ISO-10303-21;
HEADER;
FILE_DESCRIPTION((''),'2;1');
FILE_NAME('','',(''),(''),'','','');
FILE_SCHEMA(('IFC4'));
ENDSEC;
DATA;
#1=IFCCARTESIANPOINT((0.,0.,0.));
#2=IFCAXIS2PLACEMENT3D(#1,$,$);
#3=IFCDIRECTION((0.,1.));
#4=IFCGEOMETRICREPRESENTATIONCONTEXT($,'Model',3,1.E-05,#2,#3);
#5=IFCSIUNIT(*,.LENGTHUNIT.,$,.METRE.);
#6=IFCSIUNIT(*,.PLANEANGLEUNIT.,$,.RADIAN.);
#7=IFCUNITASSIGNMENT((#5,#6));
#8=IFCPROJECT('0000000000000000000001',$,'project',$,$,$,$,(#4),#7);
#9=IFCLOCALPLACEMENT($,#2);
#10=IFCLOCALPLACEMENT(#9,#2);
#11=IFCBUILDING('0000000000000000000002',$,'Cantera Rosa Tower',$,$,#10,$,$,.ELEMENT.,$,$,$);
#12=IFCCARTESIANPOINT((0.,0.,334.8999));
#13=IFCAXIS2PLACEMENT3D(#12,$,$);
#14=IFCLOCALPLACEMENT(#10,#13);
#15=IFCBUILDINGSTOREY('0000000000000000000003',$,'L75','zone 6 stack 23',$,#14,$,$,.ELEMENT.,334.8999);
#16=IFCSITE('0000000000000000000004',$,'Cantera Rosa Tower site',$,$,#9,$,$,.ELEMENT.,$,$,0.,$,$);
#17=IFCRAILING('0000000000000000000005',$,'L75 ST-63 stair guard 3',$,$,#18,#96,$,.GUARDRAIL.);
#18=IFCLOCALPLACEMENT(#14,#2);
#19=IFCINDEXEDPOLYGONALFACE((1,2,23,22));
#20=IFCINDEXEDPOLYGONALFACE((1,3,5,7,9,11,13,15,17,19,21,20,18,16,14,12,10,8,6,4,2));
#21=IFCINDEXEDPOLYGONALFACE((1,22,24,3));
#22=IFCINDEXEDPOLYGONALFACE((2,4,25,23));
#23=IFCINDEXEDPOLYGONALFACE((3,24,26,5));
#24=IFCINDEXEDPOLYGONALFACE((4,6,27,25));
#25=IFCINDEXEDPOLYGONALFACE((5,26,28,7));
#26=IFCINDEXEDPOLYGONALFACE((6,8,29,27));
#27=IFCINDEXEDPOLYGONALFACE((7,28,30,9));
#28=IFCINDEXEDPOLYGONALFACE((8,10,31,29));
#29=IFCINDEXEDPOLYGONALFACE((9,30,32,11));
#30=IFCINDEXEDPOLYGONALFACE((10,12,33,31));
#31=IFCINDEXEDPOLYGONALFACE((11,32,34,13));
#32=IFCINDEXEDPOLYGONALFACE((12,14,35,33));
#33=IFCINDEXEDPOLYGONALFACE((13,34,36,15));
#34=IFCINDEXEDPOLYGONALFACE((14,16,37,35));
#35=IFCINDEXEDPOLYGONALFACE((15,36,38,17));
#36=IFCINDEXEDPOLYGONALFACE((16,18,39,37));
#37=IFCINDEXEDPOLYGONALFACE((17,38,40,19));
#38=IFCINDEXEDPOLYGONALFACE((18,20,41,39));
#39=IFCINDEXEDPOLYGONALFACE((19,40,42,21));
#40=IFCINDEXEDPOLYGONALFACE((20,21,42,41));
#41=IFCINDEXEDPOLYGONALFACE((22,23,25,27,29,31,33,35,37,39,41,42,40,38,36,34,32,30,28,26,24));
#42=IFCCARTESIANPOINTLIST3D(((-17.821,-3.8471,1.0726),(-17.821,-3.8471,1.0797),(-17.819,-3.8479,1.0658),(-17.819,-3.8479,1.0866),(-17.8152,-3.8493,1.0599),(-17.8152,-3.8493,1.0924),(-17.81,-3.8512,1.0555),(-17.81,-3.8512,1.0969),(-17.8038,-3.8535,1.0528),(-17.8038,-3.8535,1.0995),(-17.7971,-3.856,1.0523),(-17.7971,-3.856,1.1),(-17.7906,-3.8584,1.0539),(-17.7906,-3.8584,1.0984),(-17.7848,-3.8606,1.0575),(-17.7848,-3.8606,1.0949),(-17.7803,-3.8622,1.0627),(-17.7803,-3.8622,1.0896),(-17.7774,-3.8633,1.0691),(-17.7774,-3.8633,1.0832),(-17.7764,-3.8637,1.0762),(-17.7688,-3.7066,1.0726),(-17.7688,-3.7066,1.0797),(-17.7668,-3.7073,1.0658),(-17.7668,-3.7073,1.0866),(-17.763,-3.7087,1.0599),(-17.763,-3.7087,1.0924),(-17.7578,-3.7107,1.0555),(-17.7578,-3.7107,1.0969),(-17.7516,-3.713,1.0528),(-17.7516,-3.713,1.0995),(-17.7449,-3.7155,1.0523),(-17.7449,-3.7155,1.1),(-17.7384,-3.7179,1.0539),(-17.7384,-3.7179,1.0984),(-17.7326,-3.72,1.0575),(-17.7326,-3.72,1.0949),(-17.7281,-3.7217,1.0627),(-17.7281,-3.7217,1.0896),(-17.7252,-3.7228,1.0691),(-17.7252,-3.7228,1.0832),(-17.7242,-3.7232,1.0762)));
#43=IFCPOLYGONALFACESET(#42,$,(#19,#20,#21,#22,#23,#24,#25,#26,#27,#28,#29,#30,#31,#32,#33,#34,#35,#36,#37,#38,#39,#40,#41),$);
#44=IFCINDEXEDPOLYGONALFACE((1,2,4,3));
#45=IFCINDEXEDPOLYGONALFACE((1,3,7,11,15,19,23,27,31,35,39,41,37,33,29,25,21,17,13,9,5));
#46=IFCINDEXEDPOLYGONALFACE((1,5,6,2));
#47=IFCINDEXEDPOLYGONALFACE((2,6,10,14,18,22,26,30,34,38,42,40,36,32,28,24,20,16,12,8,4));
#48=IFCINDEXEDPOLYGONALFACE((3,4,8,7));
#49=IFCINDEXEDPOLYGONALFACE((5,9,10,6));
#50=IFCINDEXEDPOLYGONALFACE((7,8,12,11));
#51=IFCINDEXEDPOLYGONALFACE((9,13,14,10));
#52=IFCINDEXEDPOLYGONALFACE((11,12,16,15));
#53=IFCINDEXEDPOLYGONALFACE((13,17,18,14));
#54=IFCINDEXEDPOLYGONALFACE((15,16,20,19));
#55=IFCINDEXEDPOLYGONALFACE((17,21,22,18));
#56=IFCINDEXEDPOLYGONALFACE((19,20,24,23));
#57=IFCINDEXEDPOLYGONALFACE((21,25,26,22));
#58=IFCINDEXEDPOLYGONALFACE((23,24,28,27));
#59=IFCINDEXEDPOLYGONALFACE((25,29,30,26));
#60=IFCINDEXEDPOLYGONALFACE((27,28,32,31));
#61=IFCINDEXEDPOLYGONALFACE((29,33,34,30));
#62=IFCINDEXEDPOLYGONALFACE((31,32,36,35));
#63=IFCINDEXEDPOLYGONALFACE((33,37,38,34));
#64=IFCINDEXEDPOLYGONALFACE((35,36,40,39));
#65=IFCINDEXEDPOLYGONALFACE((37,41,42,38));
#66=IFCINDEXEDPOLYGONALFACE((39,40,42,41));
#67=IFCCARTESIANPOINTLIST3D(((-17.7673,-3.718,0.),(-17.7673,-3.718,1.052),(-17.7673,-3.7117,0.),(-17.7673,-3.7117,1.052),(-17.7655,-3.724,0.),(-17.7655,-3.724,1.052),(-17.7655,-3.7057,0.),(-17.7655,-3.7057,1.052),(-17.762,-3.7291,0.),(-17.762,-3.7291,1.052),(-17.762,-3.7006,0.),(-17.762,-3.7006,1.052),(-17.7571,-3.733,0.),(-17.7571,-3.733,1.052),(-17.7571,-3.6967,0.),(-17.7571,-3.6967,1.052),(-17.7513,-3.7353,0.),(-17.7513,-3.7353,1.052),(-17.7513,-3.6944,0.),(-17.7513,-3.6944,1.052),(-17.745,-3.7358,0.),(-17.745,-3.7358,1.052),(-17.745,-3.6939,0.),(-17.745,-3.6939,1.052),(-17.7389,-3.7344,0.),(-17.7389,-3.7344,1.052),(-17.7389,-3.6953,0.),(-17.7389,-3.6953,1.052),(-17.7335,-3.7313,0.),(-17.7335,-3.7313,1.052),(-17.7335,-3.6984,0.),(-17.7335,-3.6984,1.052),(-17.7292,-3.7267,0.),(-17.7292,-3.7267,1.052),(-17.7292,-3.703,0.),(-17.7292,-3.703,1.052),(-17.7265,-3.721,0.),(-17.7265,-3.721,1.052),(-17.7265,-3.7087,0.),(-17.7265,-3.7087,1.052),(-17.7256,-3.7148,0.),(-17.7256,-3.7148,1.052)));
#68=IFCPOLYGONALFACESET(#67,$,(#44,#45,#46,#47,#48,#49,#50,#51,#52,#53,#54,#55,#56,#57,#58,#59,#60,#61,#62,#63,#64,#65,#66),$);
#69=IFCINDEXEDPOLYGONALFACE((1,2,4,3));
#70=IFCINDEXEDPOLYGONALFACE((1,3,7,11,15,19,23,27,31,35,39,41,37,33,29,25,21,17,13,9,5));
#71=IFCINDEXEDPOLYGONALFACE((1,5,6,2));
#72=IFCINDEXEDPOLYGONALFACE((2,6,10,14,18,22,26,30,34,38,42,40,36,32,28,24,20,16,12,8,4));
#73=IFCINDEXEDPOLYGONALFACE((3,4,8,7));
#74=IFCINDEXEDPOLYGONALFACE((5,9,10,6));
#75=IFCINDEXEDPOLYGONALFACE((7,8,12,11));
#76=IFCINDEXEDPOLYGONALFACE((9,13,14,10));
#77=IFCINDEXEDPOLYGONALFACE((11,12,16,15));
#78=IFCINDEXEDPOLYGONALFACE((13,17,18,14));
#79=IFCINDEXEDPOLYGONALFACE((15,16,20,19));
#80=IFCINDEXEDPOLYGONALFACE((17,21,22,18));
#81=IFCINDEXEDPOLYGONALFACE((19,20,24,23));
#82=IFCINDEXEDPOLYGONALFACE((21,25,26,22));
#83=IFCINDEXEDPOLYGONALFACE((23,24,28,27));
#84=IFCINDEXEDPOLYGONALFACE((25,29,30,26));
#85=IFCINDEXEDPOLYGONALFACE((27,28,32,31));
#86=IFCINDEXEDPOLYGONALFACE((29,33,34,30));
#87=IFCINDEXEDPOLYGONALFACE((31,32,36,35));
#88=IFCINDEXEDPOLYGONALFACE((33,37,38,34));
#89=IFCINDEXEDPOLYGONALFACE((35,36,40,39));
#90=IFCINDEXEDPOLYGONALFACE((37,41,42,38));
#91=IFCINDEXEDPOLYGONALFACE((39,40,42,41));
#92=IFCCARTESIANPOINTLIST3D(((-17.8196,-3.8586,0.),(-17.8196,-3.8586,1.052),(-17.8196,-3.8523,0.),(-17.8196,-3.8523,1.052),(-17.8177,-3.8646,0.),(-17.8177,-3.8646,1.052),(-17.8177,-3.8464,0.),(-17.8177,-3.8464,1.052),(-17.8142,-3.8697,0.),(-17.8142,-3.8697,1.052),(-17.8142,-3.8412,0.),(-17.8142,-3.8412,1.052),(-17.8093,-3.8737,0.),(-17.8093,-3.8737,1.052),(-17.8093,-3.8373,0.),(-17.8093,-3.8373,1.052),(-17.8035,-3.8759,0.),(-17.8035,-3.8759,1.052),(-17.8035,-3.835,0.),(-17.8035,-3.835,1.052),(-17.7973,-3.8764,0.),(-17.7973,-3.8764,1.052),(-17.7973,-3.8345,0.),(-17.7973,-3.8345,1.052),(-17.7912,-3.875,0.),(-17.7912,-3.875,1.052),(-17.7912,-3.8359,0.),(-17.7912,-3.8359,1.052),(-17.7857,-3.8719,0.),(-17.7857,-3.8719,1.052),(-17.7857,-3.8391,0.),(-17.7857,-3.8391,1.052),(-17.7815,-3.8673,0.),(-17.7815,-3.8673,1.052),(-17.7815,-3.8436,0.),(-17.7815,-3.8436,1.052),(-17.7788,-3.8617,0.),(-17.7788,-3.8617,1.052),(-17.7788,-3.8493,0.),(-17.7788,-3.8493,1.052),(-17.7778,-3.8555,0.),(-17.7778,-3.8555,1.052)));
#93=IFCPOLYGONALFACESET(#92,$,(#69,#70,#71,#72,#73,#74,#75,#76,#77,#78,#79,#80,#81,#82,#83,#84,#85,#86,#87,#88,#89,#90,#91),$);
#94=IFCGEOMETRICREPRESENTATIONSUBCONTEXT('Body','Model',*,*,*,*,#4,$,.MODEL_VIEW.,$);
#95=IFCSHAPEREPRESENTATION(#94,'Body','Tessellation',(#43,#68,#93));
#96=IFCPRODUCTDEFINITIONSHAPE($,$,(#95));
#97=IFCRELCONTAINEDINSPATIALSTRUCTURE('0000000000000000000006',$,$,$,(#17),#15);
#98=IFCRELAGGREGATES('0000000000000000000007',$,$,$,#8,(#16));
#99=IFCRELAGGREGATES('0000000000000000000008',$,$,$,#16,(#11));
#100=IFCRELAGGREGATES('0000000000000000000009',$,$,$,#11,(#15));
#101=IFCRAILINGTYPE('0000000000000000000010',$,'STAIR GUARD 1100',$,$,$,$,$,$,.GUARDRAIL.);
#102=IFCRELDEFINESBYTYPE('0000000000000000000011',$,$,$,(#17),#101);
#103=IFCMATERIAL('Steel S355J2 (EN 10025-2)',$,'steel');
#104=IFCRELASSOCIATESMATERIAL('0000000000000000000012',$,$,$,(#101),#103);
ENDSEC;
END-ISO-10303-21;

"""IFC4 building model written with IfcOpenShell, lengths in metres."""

from ifc_helpers import new_model, si_unit, direction, frame, origin, origin_2d, place, context, subcontext, project, spatial, circle, extrude, material, type_object, element, save


model = new_model("IFC4")

# Units and contexts
model_context = context("Model", 3, precision=1e-05, world=origin(), true_north=direction((0.0, 1.0)))
body_context = subcontext(model_context, "Body", "Model", "MODEL_VIEW")
ifc_project = project(units=[si_unit("LENGTHUNIT", "METRE"), si_unit("PLANEANGLEUNIT", "RADIAN")], contexts=[model_context])

# Site, building, storey
site_placement = place(None, origin())
site = spatial("IfcSite", under=ifc_project, at=site_placement, Name="Cantera Rosa Tower site", CompositionType="ELEMENT", RefElevation=0.0)
building_placement = place(site_placement, origin())
building = spatial("IfcBuilding", under=site, at=building_placement, Name="Cantera Rosa Tower", CompositionType="ELEMENT")
storey_placement = place(building_placement, frame((0.0, 0.0, 334.8999)))
storey = spatial("IfcBuildingStorey", under=building, at=storey_placement, Name="L75", Description="zone 6 stack 23", CompositionType="ELEMENT", Elevation=334.8999)

# Railing
ifc_material_1 = material(Name="Steel S355J2 (EN 10025-2)", Category="steel")
railing_type_1 = type_object("IfcRailingType", Name="STAIR GUARD 1100", PredefinedType="GUARDRAIL", material=ifc_material_1)
railing_1_placement = place(storey_placement, frame((-17.7466, -3.7148, 0.0)))
element("IfcRailing", 1, at=railing_1_placement, inside=storey, type_object=railing_type_1, Name="L75 ST-63 stair guard 3", PredefinedType="GUARDRAIL", context=body_context, shape_type="SweptSolid", body=[
    extrude(circle(Radius=0.0239, at=origin_2d()), frame((0.0, 0.0, 1.0762), z_axis=(-0.348268, -0.937395, 0.0), x_axis=(0.937395, -0.348268, 0.0)), (0.0, 0.0, 1.0), 0.1499),
    extrude(circle(Radius=0.021, at=origin_2d()), origin(), (0.0, 0.0, 1.0), 1.052),
    extrude(circle(Radius=0.021, at=origin_2d()), frame((-0.0522, -0.1406, 0.0)), (0.0, 0.0, 1.0), 1.052),
])

save(model, "model.ifc")
